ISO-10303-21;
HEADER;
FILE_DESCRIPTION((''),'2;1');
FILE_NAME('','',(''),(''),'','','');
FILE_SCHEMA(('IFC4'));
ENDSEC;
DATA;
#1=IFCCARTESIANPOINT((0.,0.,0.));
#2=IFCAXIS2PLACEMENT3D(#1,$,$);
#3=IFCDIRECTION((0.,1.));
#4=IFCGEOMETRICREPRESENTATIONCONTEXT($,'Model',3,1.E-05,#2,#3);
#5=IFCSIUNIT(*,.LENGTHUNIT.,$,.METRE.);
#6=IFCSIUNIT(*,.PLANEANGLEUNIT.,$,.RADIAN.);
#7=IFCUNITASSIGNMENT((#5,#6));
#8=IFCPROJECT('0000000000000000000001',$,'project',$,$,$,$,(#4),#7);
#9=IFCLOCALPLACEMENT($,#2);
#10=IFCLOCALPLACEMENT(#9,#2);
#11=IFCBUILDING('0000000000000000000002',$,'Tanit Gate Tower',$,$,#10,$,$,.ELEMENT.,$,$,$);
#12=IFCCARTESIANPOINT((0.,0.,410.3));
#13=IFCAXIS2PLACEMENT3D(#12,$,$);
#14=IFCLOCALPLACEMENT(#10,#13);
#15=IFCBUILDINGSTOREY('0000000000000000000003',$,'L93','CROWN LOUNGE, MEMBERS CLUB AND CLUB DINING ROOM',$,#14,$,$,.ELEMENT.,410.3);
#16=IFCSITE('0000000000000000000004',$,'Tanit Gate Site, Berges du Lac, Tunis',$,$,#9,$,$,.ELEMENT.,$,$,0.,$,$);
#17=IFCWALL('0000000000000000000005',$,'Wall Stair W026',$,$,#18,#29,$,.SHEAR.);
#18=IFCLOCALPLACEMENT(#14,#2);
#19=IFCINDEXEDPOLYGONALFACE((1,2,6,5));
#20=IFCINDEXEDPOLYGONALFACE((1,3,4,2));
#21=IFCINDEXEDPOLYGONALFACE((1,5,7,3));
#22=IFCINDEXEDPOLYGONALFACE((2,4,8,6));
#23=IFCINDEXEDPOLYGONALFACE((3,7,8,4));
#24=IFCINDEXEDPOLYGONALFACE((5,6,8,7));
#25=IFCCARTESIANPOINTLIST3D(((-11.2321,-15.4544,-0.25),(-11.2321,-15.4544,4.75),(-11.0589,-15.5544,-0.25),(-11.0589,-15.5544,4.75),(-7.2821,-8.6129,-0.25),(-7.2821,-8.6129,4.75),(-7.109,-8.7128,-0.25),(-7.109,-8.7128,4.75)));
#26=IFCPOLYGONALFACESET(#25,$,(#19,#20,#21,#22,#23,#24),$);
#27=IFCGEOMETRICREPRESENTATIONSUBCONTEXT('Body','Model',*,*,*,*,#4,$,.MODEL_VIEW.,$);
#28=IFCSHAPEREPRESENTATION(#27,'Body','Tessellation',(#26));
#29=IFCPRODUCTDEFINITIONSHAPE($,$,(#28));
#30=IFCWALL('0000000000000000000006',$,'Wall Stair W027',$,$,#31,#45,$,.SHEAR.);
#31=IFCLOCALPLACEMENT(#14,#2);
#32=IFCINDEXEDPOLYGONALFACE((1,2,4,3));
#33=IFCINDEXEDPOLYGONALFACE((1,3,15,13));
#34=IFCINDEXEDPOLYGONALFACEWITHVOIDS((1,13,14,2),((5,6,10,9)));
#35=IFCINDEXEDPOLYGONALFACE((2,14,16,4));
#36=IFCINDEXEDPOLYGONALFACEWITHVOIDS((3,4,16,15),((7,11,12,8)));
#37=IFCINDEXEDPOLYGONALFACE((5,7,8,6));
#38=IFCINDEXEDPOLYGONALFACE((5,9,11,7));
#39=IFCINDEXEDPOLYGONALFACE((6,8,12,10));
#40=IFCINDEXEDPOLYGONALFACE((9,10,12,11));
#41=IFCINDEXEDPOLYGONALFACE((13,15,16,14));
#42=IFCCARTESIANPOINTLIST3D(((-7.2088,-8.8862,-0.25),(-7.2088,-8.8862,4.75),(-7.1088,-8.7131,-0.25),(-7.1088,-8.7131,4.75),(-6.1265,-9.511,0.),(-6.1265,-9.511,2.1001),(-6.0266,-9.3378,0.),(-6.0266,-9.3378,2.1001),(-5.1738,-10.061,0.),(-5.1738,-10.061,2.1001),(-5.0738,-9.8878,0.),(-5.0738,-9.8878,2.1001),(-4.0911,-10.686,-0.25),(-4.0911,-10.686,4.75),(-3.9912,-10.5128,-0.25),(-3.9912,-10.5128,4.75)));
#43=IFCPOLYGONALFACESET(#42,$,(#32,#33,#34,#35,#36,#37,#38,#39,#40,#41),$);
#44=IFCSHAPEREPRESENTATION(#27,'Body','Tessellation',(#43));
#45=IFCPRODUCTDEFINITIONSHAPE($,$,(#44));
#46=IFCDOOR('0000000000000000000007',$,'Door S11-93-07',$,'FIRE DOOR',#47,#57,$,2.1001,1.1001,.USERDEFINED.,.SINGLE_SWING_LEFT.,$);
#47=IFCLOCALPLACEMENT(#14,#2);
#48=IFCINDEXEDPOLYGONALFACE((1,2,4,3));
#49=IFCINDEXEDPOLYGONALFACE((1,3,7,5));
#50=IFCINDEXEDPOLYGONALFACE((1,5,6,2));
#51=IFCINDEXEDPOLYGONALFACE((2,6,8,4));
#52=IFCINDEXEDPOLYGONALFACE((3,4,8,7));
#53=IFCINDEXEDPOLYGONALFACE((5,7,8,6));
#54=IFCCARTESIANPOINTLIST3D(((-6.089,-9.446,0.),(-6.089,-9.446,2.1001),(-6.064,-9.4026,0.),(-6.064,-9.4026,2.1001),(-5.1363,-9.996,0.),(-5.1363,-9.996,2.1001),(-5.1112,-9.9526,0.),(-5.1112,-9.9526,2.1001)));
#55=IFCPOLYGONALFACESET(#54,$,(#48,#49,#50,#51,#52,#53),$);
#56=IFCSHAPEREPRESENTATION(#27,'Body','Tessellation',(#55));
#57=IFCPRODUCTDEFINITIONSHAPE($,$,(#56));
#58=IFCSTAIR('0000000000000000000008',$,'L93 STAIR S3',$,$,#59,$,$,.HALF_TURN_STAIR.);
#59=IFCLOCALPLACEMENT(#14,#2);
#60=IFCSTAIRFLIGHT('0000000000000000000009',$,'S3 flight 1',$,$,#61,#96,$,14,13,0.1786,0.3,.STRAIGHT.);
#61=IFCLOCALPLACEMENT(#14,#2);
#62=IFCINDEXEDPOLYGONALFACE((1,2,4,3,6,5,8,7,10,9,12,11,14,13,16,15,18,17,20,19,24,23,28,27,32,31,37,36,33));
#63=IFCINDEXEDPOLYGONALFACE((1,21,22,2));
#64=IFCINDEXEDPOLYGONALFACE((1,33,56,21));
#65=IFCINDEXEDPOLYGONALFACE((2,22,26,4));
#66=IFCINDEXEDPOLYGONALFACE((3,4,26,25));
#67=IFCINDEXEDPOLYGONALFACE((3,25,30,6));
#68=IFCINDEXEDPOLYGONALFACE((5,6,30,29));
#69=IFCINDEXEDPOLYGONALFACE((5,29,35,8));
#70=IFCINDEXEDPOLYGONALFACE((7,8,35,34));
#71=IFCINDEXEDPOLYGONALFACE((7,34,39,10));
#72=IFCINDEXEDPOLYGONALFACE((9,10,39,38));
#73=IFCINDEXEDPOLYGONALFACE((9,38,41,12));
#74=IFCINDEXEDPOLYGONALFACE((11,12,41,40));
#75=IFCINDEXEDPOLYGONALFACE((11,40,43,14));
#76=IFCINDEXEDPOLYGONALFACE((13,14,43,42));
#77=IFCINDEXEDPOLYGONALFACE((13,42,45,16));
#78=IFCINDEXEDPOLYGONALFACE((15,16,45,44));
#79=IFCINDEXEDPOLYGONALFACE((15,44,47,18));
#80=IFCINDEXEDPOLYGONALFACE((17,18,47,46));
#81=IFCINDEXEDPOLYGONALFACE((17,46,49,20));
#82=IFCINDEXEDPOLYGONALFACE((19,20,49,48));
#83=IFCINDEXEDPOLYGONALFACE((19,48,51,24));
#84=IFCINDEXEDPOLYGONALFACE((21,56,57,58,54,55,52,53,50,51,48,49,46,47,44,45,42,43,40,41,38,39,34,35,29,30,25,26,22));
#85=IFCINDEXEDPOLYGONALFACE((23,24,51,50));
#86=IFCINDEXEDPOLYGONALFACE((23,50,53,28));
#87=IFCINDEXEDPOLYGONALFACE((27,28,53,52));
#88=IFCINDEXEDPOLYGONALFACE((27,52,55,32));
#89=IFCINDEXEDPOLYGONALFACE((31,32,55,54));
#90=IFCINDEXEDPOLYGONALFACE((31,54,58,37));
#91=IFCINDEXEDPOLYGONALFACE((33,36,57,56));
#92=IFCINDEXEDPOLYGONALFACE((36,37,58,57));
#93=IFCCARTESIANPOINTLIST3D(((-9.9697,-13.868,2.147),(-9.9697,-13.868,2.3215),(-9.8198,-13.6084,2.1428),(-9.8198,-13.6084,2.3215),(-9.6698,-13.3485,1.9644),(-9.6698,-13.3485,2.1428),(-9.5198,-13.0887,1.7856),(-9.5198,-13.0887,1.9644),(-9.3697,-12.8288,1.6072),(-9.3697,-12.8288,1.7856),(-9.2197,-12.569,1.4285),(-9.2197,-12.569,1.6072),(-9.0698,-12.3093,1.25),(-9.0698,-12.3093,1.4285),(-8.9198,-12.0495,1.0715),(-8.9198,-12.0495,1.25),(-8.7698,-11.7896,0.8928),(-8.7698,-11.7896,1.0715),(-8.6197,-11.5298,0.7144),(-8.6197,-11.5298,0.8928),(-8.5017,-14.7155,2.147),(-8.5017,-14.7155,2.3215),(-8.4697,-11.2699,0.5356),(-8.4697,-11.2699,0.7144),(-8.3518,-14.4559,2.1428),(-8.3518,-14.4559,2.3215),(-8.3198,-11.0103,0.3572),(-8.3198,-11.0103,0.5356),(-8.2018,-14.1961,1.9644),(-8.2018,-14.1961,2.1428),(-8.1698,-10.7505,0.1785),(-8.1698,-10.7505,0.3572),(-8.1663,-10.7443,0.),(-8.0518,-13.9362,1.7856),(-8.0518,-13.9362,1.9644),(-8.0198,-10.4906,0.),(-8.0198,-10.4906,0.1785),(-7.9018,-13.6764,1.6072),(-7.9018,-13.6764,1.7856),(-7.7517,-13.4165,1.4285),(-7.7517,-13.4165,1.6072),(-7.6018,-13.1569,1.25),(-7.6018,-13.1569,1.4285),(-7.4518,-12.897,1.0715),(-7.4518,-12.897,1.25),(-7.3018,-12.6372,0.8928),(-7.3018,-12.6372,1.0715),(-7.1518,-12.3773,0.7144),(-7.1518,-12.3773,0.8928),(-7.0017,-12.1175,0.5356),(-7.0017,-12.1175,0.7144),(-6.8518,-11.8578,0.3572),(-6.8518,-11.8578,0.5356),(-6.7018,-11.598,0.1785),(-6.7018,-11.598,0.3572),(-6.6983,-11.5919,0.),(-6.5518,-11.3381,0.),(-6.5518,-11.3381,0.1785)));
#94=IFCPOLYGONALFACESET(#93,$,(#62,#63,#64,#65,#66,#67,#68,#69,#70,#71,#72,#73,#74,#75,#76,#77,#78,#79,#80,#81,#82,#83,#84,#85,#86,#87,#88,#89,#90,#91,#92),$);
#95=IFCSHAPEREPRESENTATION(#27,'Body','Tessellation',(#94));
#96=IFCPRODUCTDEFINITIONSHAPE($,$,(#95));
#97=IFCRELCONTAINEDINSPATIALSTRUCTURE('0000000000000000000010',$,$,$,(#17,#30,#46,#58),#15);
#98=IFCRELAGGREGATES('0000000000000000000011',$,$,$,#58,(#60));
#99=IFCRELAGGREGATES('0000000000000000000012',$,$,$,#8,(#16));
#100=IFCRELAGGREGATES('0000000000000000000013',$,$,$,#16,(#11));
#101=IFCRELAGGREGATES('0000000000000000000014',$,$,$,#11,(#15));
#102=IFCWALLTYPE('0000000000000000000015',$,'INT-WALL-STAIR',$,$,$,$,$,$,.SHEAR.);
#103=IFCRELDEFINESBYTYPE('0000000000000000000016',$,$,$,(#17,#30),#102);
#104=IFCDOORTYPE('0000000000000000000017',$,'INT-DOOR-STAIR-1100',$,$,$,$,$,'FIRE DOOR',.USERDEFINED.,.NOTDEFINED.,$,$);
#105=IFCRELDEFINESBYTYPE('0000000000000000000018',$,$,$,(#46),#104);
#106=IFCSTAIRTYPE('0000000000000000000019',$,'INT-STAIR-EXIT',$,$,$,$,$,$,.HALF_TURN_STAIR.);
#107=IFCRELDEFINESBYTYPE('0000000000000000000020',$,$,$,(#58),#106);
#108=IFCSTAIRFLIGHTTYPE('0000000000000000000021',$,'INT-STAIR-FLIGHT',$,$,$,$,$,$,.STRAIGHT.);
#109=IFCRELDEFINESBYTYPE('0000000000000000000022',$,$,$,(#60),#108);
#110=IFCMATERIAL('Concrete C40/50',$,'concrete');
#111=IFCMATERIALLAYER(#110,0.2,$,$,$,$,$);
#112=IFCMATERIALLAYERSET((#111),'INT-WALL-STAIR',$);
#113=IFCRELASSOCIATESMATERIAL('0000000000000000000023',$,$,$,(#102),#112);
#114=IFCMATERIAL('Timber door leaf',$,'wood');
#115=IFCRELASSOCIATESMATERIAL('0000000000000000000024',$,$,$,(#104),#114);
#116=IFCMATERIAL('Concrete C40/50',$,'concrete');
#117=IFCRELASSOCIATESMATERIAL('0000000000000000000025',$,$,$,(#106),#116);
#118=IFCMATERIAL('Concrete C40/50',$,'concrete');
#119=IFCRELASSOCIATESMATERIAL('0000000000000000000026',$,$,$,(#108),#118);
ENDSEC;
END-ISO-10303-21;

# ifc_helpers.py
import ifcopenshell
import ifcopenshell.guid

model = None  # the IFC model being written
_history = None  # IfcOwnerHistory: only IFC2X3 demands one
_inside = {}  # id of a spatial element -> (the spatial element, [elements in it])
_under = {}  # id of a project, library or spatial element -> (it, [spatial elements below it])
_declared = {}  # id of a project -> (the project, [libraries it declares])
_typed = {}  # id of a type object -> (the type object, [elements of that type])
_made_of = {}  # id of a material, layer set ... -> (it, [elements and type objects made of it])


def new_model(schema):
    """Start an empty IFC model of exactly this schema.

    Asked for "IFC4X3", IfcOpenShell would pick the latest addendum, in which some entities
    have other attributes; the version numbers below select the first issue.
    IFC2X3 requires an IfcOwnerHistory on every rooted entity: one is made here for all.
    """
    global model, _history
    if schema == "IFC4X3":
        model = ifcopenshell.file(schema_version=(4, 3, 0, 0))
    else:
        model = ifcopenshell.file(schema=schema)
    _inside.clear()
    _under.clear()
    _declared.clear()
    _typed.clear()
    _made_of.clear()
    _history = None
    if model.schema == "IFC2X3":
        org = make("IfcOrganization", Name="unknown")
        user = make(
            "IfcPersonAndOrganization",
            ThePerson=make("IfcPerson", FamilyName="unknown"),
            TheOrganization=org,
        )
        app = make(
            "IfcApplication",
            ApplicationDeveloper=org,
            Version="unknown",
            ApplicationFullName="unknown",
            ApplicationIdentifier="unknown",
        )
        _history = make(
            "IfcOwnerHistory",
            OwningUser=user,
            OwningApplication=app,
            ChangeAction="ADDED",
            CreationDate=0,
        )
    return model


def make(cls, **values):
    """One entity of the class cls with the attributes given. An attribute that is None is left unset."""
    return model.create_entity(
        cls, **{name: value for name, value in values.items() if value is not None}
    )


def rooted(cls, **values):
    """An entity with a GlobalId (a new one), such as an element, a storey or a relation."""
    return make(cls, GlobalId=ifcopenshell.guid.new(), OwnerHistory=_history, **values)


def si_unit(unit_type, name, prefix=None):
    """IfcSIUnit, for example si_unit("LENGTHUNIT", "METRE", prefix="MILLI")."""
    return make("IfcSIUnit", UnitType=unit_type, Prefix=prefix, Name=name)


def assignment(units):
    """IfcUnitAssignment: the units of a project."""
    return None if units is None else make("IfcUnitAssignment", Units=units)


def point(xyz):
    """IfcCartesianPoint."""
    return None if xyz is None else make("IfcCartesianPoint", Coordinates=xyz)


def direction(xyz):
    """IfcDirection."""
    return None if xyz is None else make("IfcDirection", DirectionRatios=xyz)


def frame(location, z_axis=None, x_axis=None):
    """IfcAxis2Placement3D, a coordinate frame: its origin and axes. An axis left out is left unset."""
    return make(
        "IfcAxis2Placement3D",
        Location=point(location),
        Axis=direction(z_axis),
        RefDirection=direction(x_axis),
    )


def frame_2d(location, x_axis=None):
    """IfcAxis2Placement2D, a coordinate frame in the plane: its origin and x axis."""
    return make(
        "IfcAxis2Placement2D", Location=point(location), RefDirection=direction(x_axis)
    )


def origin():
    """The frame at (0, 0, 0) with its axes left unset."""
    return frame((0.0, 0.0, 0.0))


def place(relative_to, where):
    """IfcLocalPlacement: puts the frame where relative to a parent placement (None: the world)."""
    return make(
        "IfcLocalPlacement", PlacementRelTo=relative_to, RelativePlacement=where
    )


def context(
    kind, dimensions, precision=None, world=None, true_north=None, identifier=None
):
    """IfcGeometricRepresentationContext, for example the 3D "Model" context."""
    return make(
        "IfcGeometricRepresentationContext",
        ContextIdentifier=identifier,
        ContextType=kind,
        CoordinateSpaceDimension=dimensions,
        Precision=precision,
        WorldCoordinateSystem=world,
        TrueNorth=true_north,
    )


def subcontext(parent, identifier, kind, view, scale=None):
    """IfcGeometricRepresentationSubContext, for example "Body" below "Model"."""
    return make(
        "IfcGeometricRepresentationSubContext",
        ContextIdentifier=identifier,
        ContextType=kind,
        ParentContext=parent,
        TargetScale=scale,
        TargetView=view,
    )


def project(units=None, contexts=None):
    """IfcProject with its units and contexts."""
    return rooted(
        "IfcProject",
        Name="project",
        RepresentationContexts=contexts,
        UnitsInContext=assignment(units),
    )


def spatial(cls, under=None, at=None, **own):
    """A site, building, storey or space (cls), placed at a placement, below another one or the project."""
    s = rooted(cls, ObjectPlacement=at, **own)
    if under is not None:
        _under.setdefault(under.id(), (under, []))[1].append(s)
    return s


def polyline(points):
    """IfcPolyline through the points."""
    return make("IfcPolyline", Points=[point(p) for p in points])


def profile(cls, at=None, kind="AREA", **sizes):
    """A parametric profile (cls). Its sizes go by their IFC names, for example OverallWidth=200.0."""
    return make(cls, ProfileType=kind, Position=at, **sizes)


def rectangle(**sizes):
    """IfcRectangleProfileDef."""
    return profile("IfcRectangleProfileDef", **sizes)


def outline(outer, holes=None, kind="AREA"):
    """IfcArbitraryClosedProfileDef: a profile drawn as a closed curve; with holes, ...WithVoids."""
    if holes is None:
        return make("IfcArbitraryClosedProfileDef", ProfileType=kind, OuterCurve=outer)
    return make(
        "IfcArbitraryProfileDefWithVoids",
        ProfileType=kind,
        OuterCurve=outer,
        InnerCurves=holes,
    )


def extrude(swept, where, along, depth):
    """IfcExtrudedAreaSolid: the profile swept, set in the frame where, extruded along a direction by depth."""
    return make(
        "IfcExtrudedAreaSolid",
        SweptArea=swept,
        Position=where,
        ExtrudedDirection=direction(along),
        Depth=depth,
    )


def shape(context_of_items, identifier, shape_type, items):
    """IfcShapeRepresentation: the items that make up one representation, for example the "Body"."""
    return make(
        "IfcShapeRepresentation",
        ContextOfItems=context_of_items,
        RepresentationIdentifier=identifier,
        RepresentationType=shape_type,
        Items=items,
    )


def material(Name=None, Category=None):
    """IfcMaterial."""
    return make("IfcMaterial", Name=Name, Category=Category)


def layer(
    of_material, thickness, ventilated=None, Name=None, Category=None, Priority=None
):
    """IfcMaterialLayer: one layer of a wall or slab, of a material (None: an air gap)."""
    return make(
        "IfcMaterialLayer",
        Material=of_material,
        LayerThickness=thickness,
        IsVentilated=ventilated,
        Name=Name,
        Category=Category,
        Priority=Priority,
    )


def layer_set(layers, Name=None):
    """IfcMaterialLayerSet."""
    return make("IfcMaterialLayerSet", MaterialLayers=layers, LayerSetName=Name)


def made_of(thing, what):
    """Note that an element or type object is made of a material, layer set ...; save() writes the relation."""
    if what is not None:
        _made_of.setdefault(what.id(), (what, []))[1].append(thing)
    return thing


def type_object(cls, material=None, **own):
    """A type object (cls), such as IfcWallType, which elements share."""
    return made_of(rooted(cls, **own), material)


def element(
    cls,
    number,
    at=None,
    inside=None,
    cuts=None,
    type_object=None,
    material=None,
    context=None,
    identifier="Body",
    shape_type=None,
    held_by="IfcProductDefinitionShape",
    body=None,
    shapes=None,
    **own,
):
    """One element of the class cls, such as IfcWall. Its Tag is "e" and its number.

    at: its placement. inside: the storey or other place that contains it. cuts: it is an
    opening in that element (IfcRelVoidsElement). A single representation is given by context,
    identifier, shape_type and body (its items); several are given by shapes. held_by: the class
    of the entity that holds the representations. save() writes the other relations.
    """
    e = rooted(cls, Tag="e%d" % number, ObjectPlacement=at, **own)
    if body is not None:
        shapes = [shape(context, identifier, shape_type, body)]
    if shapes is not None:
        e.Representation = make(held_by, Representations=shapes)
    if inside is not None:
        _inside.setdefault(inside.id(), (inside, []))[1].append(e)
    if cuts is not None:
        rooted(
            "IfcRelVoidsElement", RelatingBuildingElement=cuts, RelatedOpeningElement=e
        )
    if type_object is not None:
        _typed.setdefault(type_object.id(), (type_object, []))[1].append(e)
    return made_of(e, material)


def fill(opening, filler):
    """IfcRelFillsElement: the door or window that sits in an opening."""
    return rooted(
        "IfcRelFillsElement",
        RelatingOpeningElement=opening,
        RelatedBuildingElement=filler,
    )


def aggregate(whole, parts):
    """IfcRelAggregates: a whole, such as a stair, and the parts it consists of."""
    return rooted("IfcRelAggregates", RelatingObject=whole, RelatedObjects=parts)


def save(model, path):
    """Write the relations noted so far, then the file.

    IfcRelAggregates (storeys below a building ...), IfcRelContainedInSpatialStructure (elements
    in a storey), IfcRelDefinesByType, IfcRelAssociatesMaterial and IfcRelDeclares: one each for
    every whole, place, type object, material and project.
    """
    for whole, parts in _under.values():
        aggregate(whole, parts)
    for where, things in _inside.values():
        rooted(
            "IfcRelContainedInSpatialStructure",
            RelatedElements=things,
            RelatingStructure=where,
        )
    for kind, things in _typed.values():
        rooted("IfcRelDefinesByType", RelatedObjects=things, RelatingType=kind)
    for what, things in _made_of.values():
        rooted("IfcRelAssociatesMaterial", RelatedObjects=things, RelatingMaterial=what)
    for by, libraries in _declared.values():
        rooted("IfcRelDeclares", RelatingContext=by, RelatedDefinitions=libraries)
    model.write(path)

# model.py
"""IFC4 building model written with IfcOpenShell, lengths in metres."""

from ifc_helpers import new_model, si_unit, direction, frame, frame_2d, origin, place, context, subcontext, project, spatial, polyline, rectangle, outline, extrude, material, layer, layer_set, type_object, element, fill, aggregate, save


model = new_model("IFC4")

# Units and contexts
model_context = context("Model", 3, precision=1e-05, world=origin(), true_north=direction((0.0, 1.0)))
body_context = subcontext(model_context, "Body", "Model", "MODEL_VIEW")
ifc_project = project(units=[si_unit("LENGTHUNIT", "METRE"), si_unit("PLANEANGLEUNIT", "RADIAN")], contexts=[model_context])

# Site, building, storey
site_placement = place(None, origin())
site = spatial("IfcSite", under=ifc_project, at=site_placement, Name="Tanit Gate Site, Berges du Lac, Tunis", CompositionType="ELEMENT", RefElevation=0.0)
building_placement = place(site_placement, origin())
building = spatial("IfcBuilding", under=site, at=building_placement, Name="Tanit Gate Tower", CompositionType="ELEMENT")
storey_placement = place(building_placement, frame((0.0, 0.0, 410.3)))
storey = spatial("IfcBuildingStorey", under=building, at=storey_placement, Name="L93", Description="CROWN LOUNGE, MEMBERS CLUB AND CLUB DINING ROOM", CompositionType="ELEMENT", Elevation=410.3)

# Wall
ifc_material_1 = material(Name="Concrete C40/50", Category="concrete")
ifc_layer_1 = layer(ifc_material_1, 0.2)
ifc_layer_set_1 = layer_set([ifc_layer_1], Name="INT-WALL-STAIR")
wall_type_1 = type_object("IfcWallType", Name="INT-WALL-STAIR", PredefinedType="SHEAR", material=ifc_layer_set_1)
wall_1_placement = place(storey_placement, frame((-7.1956, -8.6628, -0.25), z_axis=(0.0, 0.0, 1.0), x_axis=(-0.499998, -0.866027, 0.0)))
element("IfcWall", 1, at=wall_1_placement, inside=storey, type_object=wall_type_1, Name="Wall Stair W026", PredefinedType="SHEAR", context=body_context, shape_type="SweptSolid", body=[
    extrude(rectangle(XDim=7.8999, YDim=0.2, at=frame_2d((3.95, 0.0))), origin(), (0.0, 0.0, 1.0), 5.0),
])

# Wall, opening, door
wall_2_placement = place(storey_placement, frame((-4.0413, -10.5994, -0.25), z_axis=(0.0, 0.0, 1.0), x_axis=(-0.866048, 0.499961, 0.0)))
wall_2 = element("IfcWall", 2, at=wall_2_placement, inside=storey, type_object=wall_type_1, Name="Wall Stair W027", PredefinedType="SHEAR", context=body_context, shape_type="SweptSolid", body=[
    extrude(rectangle(XDim=3.5999, YDim=0.2, at=frame_2d((1.7998, 0.0))), origin(), (0.0, 0.0, 1.0), 5.0),
])
opening_1_placement = place(wall_2_placement, frame((1.25, 0.0, 0.25)))
opening_1 = element("IfcOpeningElement", 3, at=opening_1_placement, cuts=wall_2, PredefinedType="OPENING", context=body_context, shape_type="SweptSolid", body=[
    extrude(rectangle(XDim=1.1001, YDim=2.1001, at=frame_2d((0.55, 1.05))), frame((0.0, 0.1099, 0.0), z_axis=(0.0, -1.0, 0.0), x_axis=(1.0, 0.0, 0.0)), (0.0, 0.0, 1.0), 0.22),
])
ifc_material_2 = material(Name="Timber door leaf", Category="wood")
door_type_1 = type_object("IfcDoorType", Name="INT-DOOR-STAIR-1100", ElementType="FIRE DOOR", OperationType="NOTDEFINED", PredefinedType="USERDEFINED", material=ifc_material_2)
door_1_placement = place(opening_1_placement, origin())
door_1 = element("IfcDoor", 4, at=door_1_placement, inside=storey, type_object=door_type_1, Name="Door S11-93-07", ObjectType="FIRE DOOR", OperationType="SINGLE_SWING_LEFT", OverallHeight=2.1001, OverallWidth=1.1001, PredefinedType="USERDEFINED", context=body_context, shape_type="SweptSolid", body=[
    extrude(rectangle(XDim=1.1001, YDim=2.1001, at=frame_2d((0.55, 1.05))), frame((0.0, 0.0249, 0.0), z_axis=(0.0, -1.0, 0.0), x_axis=(1.0, 0.0, 0.0)), (0.0, 0.0, 1.0), 0.05),
])
fill(opening_1, door_1)

# Stair, stair flight
ifc_material_3 = material(Name="Concrete C40/50", Category="concrete")
stair_type = type_object("IfcStairType", Name="INT-STAIR-EXIT", PredefinedType="HALF_TURN_STAIR", material=ifc_material_3)
stair_placement = place(storey_placement, origin())
stair = element("IfcStair", 5, at=stair_placement, inside=storey, type_object=stair_type, Name="L93 STAIR S3", PredefinedType="HALF_TURN_STAIR")
ifc_material_4 = material(Name="Concrete C40/50", Category="concrete")
stair_flight_type = type_object("IfcStairFlightType", Name="INT-STAIR-FLIGHT", PredefinedType="STRAIGHT", material=ifc_material_4)
stair_flight_placement = place(storey_placement, frame((-7.2859, -10.9143, 0.0), z_axis=(0.0, 0.0, 1.0), x_axis=(-0.5, -0.866025, 0.0)))
stair_flight = element("IfcStairFlight", 6, at=stair_flight_placement, type_object=stair_flight_type, Name="S3 flight 1", NumberOfRisers=14, NumberOfTreads=13, PredefinedType="STRAIGHT", RiserHeight=0.1786, TreadLength=0.3, context=body_context, shape_type="SweptSolid", body=[
    extrude(outline(polyline([(0.0, 0.0), (0.0, 0.1785), (0.3, 0.1785), (0.3, 0.3572), (0.6001, 0.3572), (0.6001, 0.5356), (0.8999, 0.5356), (0.8999, 0.7144), (1.2, 0.7144), (1.2, 0.8928), (1.5, 0.8928), (1.5, 1.0715), (1.8, 1.0715), (1.8, 1.25), (2.1001, 1.25), (2.1001, 1.4285), (2.3999, 1.4285), (2.3999, 1.6072), (2.7, 1.6072), (2.7, 1.7856), (3.0, 1.7856), (3.0, 1.9644), (3.3, 1.9644), (3.3, 2.1428), (3.6001, 2.1428), (3.6001, 2.3215), (3.8999, 2.3215), (3.8999, 2.5), (3.8999, 2.147), (0.293, 0.0), (0.0, 0.0)])), frame((0.0, 0.8477, 0.0), z_axis=(0.0, -1.0, 0.0), x_axis=(1.0, 0.0, 0.0)), (0.0, 0.0, 1.0), 1.6951),
])
aggregate(stair, [stair_flight])

save(model, "model.ifc")
